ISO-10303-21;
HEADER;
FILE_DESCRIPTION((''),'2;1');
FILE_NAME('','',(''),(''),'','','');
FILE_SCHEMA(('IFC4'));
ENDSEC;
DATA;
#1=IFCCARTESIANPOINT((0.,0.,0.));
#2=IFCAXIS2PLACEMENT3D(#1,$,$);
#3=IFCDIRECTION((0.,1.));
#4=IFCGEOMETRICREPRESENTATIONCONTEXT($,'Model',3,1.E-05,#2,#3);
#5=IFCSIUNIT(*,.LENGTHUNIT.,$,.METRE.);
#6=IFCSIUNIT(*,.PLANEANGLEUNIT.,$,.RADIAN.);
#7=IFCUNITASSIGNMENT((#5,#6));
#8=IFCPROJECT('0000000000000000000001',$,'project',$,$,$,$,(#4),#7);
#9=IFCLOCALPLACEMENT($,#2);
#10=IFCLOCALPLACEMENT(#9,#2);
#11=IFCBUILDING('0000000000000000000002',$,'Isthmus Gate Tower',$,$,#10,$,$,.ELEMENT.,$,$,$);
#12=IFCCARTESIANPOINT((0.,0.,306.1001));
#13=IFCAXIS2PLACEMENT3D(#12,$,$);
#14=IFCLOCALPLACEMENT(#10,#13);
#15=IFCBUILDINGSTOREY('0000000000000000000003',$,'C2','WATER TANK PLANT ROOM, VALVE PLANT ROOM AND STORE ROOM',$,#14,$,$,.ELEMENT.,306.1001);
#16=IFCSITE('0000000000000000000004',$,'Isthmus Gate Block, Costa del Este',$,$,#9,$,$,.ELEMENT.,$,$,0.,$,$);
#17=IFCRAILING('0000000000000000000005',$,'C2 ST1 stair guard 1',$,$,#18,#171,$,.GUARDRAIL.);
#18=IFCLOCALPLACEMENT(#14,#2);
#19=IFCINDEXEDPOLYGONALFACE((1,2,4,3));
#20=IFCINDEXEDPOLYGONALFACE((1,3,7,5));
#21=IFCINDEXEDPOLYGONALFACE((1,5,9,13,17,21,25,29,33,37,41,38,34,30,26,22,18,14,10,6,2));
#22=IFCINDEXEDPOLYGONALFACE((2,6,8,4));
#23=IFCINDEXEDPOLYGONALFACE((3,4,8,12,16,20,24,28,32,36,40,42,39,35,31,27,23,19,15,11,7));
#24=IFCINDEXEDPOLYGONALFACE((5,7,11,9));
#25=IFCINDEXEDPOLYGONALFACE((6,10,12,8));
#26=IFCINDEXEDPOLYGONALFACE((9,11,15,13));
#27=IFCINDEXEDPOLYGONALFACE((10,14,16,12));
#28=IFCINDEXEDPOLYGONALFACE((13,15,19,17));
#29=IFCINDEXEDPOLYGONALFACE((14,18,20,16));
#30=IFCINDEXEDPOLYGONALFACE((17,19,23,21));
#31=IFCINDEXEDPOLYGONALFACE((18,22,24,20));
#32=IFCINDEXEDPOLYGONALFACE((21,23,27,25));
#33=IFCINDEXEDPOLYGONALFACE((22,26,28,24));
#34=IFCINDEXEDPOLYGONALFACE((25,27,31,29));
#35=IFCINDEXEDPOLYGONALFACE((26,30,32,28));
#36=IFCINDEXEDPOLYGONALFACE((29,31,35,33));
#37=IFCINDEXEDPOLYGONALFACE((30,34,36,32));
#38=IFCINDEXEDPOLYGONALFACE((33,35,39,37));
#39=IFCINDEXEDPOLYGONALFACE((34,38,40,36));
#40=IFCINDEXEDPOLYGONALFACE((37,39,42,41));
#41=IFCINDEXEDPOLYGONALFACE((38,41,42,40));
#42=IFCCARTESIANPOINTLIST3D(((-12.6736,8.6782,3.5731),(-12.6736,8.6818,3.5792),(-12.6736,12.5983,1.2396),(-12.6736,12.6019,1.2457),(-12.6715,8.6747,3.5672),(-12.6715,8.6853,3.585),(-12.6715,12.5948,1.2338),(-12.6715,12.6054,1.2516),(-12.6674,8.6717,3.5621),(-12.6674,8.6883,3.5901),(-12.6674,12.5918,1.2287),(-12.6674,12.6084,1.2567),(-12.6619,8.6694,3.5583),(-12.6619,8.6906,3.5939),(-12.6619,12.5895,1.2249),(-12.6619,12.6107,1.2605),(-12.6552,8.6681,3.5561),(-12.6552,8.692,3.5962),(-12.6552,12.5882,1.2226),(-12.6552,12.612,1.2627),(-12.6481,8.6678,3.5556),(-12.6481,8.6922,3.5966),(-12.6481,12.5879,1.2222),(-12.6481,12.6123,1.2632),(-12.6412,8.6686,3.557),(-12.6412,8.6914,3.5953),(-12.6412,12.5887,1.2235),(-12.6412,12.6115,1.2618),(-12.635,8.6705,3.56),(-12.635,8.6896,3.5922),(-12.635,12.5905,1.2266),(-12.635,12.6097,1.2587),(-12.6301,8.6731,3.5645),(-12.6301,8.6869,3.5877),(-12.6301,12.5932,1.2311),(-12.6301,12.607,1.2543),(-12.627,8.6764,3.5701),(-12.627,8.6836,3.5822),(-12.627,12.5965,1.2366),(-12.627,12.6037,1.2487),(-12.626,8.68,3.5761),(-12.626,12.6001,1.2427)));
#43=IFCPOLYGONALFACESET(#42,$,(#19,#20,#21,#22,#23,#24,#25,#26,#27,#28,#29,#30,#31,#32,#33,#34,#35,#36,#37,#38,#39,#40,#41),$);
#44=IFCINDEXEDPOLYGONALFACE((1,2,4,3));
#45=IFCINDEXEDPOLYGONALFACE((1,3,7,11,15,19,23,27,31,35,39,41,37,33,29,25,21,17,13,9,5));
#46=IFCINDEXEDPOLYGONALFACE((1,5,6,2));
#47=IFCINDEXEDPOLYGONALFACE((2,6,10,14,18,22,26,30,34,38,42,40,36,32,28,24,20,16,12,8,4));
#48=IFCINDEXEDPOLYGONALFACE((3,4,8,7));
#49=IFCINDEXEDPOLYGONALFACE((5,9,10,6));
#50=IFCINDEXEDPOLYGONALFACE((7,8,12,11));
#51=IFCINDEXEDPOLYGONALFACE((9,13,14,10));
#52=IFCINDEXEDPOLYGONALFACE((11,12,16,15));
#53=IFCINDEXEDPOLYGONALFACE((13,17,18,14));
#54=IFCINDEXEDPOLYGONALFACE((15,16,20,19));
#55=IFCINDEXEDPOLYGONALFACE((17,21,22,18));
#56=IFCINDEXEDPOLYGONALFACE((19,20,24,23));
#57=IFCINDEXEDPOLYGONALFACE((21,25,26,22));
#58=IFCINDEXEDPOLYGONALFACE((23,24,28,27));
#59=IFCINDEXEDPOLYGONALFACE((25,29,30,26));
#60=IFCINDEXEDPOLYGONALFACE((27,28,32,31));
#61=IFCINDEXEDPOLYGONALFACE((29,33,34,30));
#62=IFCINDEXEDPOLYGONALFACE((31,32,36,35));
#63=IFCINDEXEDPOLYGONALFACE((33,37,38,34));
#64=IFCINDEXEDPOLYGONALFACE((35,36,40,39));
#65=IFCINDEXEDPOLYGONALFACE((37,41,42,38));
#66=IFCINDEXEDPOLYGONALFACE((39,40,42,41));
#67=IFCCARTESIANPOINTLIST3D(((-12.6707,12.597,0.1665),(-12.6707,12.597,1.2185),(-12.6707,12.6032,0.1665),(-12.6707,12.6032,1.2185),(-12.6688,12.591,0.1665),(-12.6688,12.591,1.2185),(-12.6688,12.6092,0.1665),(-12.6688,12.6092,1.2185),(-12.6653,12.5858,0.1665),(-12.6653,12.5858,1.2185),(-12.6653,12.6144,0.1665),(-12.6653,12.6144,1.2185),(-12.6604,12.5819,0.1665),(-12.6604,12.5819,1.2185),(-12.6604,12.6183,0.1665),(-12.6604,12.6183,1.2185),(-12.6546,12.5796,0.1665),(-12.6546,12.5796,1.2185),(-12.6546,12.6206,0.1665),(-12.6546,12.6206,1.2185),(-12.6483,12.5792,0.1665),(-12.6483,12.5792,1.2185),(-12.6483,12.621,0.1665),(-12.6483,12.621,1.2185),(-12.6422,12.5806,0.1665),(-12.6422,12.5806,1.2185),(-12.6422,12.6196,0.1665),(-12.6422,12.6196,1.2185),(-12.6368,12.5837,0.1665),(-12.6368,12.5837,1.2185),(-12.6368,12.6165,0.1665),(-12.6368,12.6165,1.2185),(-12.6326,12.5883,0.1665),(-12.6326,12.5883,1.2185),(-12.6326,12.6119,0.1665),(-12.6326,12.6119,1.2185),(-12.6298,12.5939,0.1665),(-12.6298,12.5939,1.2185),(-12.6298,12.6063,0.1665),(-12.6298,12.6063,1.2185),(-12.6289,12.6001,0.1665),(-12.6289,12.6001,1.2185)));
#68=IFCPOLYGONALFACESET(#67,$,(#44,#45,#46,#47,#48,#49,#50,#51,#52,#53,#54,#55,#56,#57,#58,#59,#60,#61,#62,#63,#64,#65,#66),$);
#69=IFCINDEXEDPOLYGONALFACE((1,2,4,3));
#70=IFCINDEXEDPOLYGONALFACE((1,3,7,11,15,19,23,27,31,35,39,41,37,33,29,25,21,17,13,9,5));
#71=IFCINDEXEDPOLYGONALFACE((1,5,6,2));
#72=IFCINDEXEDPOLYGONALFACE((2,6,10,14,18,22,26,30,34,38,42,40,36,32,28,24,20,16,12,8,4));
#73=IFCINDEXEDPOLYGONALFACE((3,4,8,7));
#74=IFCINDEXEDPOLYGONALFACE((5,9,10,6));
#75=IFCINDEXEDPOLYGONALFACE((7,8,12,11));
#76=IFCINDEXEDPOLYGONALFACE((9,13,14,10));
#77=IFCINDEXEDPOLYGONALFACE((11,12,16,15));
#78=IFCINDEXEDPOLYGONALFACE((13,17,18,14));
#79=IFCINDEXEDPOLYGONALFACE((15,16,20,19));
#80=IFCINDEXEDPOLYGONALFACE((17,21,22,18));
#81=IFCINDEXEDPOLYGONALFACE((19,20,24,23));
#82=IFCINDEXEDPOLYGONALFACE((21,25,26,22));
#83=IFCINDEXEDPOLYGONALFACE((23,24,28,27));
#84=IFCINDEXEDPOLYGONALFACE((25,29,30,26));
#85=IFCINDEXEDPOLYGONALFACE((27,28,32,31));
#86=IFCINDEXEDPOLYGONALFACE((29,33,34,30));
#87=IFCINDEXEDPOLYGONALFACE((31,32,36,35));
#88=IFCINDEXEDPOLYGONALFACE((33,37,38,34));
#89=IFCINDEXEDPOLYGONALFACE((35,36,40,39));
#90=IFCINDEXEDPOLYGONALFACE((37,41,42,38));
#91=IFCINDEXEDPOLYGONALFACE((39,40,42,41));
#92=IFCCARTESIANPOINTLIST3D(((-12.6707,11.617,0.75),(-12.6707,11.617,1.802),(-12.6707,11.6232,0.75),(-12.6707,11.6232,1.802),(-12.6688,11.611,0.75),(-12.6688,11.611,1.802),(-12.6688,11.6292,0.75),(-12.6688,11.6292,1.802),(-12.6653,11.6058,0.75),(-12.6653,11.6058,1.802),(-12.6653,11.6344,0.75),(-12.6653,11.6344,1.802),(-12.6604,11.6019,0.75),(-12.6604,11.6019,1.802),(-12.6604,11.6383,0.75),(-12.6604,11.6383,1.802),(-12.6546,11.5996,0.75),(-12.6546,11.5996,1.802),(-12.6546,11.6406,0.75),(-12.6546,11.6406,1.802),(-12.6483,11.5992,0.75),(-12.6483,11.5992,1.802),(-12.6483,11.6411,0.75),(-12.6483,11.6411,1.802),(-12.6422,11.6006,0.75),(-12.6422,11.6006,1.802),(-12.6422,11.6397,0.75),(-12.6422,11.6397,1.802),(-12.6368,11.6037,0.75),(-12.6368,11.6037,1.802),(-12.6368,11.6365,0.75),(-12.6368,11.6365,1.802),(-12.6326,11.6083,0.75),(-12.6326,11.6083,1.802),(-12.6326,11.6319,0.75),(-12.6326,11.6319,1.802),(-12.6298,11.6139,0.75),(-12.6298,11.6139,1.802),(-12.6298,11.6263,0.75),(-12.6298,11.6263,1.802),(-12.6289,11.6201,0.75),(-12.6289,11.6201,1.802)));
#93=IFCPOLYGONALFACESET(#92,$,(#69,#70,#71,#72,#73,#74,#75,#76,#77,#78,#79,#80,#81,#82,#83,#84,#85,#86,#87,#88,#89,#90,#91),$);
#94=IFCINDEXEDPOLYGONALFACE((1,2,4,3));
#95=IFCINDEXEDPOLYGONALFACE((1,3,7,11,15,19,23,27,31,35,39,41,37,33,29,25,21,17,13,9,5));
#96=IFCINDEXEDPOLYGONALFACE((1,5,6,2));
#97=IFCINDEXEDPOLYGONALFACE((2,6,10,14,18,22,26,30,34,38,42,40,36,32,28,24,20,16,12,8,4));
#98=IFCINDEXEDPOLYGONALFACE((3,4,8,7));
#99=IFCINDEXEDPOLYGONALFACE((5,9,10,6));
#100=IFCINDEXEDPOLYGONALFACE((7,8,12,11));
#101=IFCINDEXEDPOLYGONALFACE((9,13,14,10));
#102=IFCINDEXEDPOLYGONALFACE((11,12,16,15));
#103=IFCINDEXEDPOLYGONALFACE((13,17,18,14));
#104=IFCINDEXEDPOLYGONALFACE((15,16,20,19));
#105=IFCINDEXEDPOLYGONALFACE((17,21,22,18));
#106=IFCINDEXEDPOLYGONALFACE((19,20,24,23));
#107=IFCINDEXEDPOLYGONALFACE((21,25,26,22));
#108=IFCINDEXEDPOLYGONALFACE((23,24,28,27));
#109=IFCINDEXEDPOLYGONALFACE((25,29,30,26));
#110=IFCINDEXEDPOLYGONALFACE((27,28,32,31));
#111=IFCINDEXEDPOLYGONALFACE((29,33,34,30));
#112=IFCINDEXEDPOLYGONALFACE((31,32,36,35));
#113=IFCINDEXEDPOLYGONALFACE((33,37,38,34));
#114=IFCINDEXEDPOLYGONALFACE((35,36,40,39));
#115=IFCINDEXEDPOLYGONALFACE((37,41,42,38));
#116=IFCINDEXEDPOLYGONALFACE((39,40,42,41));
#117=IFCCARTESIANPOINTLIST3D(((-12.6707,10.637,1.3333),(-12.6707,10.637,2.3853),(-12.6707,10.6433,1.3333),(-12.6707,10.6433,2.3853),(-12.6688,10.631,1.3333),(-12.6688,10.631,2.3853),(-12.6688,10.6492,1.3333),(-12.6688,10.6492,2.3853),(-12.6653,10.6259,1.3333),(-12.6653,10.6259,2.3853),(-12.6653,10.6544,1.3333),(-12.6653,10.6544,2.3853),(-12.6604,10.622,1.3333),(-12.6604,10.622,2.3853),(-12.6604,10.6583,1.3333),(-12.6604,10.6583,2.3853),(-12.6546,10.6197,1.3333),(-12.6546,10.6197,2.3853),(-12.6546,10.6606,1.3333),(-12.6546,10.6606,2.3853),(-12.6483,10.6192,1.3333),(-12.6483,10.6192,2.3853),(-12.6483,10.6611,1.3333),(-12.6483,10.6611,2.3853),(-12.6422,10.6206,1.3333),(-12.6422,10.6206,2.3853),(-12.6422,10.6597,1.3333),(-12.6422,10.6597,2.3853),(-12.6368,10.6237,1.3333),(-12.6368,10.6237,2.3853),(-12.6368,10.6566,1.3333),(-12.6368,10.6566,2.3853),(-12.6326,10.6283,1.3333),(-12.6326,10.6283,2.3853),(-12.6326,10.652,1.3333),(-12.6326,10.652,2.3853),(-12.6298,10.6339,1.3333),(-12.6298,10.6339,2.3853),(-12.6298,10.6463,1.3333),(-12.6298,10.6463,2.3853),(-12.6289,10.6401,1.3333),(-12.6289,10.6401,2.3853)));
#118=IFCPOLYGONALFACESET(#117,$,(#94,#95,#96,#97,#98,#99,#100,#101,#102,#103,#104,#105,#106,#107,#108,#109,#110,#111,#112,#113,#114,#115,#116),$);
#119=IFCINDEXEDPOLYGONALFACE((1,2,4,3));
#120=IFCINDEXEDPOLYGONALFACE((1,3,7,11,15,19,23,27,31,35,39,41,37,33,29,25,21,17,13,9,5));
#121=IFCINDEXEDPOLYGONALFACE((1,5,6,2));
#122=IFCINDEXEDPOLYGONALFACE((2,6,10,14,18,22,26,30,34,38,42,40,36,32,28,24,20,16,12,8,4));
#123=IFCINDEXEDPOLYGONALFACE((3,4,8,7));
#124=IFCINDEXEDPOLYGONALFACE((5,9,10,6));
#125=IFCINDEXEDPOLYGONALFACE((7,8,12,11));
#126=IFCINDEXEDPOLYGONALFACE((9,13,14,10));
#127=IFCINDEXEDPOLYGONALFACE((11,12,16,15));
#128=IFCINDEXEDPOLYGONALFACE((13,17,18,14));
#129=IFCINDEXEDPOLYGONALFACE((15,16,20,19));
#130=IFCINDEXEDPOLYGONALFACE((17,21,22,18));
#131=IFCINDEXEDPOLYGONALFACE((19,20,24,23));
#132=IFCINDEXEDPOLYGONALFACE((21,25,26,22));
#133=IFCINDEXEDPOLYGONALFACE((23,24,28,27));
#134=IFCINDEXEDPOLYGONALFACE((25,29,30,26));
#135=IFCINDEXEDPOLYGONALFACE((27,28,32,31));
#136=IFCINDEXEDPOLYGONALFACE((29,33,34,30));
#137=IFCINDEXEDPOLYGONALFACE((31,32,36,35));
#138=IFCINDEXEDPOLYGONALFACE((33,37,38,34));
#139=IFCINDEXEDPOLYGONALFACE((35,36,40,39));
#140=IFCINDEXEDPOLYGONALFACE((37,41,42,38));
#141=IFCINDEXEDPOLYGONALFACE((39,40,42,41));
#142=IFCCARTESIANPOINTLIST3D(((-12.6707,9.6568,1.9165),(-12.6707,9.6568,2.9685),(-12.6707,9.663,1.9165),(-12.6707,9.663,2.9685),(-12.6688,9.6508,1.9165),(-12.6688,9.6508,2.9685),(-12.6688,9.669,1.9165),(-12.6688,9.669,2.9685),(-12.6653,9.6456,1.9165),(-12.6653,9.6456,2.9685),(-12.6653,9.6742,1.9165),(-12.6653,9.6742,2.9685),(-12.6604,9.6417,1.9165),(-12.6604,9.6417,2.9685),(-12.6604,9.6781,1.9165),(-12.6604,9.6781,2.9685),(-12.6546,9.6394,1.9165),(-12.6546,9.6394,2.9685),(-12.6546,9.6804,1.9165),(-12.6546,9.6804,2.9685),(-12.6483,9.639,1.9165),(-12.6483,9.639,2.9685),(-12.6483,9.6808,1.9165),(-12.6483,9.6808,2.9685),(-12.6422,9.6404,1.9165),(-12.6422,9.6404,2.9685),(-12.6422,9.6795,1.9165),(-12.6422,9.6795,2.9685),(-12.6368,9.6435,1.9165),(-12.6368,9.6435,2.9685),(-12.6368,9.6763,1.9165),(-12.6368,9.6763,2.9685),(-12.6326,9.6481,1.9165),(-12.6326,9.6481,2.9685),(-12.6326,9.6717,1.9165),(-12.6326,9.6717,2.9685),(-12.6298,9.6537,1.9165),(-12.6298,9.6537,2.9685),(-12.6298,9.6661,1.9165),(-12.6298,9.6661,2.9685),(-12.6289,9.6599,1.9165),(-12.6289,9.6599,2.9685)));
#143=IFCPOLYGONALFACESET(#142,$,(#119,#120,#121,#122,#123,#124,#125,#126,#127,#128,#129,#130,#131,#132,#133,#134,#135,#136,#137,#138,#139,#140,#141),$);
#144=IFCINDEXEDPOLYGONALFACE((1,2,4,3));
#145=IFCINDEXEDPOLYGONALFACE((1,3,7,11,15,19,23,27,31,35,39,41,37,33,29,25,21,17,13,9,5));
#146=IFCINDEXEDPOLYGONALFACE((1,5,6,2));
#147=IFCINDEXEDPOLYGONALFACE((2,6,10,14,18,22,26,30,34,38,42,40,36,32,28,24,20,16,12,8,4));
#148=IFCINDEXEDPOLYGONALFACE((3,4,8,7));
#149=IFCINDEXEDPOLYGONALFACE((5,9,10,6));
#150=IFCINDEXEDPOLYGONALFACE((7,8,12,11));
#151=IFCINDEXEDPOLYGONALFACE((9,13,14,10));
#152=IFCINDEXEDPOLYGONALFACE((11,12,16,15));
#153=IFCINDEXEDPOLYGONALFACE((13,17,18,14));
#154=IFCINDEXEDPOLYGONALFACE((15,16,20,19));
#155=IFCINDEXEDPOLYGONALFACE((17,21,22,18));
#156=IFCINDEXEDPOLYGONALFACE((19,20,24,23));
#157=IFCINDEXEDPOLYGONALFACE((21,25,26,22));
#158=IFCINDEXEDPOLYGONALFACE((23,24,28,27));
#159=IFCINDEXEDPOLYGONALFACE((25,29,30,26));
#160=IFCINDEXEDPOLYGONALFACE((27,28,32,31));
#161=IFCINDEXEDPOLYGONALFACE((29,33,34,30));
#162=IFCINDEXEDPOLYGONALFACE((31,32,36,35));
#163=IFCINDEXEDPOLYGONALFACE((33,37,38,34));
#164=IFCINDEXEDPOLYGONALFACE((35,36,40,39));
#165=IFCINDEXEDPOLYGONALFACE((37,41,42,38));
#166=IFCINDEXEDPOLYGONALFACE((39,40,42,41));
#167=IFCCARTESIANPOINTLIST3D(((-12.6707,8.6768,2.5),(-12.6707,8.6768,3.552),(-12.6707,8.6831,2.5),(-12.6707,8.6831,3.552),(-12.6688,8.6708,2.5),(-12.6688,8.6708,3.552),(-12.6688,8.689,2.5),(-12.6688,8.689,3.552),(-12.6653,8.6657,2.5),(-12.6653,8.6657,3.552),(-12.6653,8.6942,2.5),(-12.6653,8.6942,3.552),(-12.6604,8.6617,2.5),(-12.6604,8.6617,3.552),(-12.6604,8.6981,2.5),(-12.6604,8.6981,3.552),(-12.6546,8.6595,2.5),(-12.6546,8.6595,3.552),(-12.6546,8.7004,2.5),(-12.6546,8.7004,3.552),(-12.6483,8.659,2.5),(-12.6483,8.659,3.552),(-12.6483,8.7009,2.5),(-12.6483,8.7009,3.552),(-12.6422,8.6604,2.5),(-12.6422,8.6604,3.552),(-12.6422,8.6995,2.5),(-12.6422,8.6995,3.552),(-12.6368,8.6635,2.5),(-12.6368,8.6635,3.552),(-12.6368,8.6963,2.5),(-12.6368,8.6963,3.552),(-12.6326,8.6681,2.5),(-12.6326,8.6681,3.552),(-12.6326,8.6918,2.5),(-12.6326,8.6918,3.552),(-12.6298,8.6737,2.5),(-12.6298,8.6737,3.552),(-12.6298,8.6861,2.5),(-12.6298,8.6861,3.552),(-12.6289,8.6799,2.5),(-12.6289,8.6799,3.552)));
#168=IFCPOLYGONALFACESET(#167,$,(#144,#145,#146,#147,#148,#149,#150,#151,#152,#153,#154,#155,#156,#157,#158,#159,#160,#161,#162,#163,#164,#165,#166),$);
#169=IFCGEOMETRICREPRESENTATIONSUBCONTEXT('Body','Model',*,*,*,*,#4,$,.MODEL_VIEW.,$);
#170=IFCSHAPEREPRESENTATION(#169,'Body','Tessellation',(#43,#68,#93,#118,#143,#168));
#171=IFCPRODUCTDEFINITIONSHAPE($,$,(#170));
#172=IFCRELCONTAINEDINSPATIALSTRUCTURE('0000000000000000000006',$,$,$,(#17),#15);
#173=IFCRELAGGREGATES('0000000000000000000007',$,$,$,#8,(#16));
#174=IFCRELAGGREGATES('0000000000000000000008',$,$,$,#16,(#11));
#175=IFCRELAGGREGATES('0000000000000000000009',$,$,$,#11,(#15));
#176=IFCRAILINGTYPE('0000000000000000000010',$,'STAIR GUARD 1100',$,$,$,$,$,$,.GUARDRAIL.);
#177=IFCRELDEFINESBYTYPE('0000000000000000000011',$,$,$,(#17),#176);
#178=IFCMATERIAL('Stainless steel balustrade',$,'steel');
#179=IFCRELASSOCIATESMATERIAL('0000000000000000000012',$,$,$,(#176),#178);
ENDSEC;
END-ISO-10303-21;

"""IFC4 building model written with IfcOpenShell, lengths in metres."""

from ifc_helpers import new_model, si_unit, direction, frame, origin, origin_2d, place, context, subcontext, project, spatial, circle, extrude, material, type_object, element, save


model = new_model("IFC4")

# Units and contexts
model_context = context("Model", 3, precision=1e-05, world=origin(), true_north=direction((0.0, 1.0)))
body_context = subcontext(model_context, "Body", "Model", "MODEL_VIEW")
ifc_project = project(units=[si_unit("LENGTHUNIT", "METRE"), si_unit("PLANEANGLEUNIT", "RADIAN")], contexts=[model_context])

# Site, building, storey
site_placement = place(None, origin())
site = spatial("IfcSite", under=ifc_project, at=site_placement, Name="Isthmus Gate Block, Costa del Este", CompositionType="ELEMENT", RefElevation=0.0)
building_placement = place(site_placement, origin())
building = spatial("IfcBuilding", under=site, at=building_placement, Name="Isthmus Gate Tower", CompositionType="ELEMENT")
storey_placement = place(building_placement, frame((0.0, 0.0, 306.1001)))
storey = spatial("IfcBuildingStorey", under=building, at=storey_placement, Name="C2", Description="WATER TANK PLANT ROOM, VALVE PLANT ROOM AND STORE ROOM", CompositionType="ELEMENT", Elevation=306.1001)

# Railing
ifc_material_1 = material(Name="Stainless steel balustrade", Category="steel")
railing_type = type_object("IfcRailingType", Name="STAIR GUARD 1100", PredefinedType="GUARDRAIL", material=ifc_material_1)
railing_1_placement = place(storey_placement, frame((-12.6499, 12.6001, 0.1665)))
element("IfcRailing", 1, at=railing_1_placement, inside=storey, type_object=railing_type, Name="C2 ST1 stair guard 1", PredefinedType="GUARDRAIL", context=body_context, shape_type="SweptSolid", body=[
    extrude(circle(Radius=0.0239, at=origin_2d()), frame((0.0, 0.0, 1.0762), z_axis=(0.0, -0.859287, 0.511494), x_axis=(1.0, 0.0, 0.0)), (0.0, 0.0, 1.0), 4.562),
    extrude(circle(Radius=0.021, at=origin_2d()), origin(), (0.0, 0.0, 1.0), 1.052),
    extrude(circle(Radius=0.021, at=origin_2d()), frame((0.0, -0.98, 0.5835)), (0.0, 0.0, 1.0), 1.052),
    extrude(circle(Radius=0.021, at=origin_2d()), frame((0.0, -1.96, 1.1667)), (0.0, 0.0, 1.0), 1.052),
    extrude(circle(Radius=0.021, at=origin_2d()), frame((0.0, -2.9402, 1.75)), (0.0, 0.0, 1.0), 1.052),
    extrude(circle(Radius=0.021, at=origin_2d()), frame((0.0, -3.9202, 2.3335)), (0.0, 0.0, 1.0), 1.052),
])

save(model, "model.ifc")
